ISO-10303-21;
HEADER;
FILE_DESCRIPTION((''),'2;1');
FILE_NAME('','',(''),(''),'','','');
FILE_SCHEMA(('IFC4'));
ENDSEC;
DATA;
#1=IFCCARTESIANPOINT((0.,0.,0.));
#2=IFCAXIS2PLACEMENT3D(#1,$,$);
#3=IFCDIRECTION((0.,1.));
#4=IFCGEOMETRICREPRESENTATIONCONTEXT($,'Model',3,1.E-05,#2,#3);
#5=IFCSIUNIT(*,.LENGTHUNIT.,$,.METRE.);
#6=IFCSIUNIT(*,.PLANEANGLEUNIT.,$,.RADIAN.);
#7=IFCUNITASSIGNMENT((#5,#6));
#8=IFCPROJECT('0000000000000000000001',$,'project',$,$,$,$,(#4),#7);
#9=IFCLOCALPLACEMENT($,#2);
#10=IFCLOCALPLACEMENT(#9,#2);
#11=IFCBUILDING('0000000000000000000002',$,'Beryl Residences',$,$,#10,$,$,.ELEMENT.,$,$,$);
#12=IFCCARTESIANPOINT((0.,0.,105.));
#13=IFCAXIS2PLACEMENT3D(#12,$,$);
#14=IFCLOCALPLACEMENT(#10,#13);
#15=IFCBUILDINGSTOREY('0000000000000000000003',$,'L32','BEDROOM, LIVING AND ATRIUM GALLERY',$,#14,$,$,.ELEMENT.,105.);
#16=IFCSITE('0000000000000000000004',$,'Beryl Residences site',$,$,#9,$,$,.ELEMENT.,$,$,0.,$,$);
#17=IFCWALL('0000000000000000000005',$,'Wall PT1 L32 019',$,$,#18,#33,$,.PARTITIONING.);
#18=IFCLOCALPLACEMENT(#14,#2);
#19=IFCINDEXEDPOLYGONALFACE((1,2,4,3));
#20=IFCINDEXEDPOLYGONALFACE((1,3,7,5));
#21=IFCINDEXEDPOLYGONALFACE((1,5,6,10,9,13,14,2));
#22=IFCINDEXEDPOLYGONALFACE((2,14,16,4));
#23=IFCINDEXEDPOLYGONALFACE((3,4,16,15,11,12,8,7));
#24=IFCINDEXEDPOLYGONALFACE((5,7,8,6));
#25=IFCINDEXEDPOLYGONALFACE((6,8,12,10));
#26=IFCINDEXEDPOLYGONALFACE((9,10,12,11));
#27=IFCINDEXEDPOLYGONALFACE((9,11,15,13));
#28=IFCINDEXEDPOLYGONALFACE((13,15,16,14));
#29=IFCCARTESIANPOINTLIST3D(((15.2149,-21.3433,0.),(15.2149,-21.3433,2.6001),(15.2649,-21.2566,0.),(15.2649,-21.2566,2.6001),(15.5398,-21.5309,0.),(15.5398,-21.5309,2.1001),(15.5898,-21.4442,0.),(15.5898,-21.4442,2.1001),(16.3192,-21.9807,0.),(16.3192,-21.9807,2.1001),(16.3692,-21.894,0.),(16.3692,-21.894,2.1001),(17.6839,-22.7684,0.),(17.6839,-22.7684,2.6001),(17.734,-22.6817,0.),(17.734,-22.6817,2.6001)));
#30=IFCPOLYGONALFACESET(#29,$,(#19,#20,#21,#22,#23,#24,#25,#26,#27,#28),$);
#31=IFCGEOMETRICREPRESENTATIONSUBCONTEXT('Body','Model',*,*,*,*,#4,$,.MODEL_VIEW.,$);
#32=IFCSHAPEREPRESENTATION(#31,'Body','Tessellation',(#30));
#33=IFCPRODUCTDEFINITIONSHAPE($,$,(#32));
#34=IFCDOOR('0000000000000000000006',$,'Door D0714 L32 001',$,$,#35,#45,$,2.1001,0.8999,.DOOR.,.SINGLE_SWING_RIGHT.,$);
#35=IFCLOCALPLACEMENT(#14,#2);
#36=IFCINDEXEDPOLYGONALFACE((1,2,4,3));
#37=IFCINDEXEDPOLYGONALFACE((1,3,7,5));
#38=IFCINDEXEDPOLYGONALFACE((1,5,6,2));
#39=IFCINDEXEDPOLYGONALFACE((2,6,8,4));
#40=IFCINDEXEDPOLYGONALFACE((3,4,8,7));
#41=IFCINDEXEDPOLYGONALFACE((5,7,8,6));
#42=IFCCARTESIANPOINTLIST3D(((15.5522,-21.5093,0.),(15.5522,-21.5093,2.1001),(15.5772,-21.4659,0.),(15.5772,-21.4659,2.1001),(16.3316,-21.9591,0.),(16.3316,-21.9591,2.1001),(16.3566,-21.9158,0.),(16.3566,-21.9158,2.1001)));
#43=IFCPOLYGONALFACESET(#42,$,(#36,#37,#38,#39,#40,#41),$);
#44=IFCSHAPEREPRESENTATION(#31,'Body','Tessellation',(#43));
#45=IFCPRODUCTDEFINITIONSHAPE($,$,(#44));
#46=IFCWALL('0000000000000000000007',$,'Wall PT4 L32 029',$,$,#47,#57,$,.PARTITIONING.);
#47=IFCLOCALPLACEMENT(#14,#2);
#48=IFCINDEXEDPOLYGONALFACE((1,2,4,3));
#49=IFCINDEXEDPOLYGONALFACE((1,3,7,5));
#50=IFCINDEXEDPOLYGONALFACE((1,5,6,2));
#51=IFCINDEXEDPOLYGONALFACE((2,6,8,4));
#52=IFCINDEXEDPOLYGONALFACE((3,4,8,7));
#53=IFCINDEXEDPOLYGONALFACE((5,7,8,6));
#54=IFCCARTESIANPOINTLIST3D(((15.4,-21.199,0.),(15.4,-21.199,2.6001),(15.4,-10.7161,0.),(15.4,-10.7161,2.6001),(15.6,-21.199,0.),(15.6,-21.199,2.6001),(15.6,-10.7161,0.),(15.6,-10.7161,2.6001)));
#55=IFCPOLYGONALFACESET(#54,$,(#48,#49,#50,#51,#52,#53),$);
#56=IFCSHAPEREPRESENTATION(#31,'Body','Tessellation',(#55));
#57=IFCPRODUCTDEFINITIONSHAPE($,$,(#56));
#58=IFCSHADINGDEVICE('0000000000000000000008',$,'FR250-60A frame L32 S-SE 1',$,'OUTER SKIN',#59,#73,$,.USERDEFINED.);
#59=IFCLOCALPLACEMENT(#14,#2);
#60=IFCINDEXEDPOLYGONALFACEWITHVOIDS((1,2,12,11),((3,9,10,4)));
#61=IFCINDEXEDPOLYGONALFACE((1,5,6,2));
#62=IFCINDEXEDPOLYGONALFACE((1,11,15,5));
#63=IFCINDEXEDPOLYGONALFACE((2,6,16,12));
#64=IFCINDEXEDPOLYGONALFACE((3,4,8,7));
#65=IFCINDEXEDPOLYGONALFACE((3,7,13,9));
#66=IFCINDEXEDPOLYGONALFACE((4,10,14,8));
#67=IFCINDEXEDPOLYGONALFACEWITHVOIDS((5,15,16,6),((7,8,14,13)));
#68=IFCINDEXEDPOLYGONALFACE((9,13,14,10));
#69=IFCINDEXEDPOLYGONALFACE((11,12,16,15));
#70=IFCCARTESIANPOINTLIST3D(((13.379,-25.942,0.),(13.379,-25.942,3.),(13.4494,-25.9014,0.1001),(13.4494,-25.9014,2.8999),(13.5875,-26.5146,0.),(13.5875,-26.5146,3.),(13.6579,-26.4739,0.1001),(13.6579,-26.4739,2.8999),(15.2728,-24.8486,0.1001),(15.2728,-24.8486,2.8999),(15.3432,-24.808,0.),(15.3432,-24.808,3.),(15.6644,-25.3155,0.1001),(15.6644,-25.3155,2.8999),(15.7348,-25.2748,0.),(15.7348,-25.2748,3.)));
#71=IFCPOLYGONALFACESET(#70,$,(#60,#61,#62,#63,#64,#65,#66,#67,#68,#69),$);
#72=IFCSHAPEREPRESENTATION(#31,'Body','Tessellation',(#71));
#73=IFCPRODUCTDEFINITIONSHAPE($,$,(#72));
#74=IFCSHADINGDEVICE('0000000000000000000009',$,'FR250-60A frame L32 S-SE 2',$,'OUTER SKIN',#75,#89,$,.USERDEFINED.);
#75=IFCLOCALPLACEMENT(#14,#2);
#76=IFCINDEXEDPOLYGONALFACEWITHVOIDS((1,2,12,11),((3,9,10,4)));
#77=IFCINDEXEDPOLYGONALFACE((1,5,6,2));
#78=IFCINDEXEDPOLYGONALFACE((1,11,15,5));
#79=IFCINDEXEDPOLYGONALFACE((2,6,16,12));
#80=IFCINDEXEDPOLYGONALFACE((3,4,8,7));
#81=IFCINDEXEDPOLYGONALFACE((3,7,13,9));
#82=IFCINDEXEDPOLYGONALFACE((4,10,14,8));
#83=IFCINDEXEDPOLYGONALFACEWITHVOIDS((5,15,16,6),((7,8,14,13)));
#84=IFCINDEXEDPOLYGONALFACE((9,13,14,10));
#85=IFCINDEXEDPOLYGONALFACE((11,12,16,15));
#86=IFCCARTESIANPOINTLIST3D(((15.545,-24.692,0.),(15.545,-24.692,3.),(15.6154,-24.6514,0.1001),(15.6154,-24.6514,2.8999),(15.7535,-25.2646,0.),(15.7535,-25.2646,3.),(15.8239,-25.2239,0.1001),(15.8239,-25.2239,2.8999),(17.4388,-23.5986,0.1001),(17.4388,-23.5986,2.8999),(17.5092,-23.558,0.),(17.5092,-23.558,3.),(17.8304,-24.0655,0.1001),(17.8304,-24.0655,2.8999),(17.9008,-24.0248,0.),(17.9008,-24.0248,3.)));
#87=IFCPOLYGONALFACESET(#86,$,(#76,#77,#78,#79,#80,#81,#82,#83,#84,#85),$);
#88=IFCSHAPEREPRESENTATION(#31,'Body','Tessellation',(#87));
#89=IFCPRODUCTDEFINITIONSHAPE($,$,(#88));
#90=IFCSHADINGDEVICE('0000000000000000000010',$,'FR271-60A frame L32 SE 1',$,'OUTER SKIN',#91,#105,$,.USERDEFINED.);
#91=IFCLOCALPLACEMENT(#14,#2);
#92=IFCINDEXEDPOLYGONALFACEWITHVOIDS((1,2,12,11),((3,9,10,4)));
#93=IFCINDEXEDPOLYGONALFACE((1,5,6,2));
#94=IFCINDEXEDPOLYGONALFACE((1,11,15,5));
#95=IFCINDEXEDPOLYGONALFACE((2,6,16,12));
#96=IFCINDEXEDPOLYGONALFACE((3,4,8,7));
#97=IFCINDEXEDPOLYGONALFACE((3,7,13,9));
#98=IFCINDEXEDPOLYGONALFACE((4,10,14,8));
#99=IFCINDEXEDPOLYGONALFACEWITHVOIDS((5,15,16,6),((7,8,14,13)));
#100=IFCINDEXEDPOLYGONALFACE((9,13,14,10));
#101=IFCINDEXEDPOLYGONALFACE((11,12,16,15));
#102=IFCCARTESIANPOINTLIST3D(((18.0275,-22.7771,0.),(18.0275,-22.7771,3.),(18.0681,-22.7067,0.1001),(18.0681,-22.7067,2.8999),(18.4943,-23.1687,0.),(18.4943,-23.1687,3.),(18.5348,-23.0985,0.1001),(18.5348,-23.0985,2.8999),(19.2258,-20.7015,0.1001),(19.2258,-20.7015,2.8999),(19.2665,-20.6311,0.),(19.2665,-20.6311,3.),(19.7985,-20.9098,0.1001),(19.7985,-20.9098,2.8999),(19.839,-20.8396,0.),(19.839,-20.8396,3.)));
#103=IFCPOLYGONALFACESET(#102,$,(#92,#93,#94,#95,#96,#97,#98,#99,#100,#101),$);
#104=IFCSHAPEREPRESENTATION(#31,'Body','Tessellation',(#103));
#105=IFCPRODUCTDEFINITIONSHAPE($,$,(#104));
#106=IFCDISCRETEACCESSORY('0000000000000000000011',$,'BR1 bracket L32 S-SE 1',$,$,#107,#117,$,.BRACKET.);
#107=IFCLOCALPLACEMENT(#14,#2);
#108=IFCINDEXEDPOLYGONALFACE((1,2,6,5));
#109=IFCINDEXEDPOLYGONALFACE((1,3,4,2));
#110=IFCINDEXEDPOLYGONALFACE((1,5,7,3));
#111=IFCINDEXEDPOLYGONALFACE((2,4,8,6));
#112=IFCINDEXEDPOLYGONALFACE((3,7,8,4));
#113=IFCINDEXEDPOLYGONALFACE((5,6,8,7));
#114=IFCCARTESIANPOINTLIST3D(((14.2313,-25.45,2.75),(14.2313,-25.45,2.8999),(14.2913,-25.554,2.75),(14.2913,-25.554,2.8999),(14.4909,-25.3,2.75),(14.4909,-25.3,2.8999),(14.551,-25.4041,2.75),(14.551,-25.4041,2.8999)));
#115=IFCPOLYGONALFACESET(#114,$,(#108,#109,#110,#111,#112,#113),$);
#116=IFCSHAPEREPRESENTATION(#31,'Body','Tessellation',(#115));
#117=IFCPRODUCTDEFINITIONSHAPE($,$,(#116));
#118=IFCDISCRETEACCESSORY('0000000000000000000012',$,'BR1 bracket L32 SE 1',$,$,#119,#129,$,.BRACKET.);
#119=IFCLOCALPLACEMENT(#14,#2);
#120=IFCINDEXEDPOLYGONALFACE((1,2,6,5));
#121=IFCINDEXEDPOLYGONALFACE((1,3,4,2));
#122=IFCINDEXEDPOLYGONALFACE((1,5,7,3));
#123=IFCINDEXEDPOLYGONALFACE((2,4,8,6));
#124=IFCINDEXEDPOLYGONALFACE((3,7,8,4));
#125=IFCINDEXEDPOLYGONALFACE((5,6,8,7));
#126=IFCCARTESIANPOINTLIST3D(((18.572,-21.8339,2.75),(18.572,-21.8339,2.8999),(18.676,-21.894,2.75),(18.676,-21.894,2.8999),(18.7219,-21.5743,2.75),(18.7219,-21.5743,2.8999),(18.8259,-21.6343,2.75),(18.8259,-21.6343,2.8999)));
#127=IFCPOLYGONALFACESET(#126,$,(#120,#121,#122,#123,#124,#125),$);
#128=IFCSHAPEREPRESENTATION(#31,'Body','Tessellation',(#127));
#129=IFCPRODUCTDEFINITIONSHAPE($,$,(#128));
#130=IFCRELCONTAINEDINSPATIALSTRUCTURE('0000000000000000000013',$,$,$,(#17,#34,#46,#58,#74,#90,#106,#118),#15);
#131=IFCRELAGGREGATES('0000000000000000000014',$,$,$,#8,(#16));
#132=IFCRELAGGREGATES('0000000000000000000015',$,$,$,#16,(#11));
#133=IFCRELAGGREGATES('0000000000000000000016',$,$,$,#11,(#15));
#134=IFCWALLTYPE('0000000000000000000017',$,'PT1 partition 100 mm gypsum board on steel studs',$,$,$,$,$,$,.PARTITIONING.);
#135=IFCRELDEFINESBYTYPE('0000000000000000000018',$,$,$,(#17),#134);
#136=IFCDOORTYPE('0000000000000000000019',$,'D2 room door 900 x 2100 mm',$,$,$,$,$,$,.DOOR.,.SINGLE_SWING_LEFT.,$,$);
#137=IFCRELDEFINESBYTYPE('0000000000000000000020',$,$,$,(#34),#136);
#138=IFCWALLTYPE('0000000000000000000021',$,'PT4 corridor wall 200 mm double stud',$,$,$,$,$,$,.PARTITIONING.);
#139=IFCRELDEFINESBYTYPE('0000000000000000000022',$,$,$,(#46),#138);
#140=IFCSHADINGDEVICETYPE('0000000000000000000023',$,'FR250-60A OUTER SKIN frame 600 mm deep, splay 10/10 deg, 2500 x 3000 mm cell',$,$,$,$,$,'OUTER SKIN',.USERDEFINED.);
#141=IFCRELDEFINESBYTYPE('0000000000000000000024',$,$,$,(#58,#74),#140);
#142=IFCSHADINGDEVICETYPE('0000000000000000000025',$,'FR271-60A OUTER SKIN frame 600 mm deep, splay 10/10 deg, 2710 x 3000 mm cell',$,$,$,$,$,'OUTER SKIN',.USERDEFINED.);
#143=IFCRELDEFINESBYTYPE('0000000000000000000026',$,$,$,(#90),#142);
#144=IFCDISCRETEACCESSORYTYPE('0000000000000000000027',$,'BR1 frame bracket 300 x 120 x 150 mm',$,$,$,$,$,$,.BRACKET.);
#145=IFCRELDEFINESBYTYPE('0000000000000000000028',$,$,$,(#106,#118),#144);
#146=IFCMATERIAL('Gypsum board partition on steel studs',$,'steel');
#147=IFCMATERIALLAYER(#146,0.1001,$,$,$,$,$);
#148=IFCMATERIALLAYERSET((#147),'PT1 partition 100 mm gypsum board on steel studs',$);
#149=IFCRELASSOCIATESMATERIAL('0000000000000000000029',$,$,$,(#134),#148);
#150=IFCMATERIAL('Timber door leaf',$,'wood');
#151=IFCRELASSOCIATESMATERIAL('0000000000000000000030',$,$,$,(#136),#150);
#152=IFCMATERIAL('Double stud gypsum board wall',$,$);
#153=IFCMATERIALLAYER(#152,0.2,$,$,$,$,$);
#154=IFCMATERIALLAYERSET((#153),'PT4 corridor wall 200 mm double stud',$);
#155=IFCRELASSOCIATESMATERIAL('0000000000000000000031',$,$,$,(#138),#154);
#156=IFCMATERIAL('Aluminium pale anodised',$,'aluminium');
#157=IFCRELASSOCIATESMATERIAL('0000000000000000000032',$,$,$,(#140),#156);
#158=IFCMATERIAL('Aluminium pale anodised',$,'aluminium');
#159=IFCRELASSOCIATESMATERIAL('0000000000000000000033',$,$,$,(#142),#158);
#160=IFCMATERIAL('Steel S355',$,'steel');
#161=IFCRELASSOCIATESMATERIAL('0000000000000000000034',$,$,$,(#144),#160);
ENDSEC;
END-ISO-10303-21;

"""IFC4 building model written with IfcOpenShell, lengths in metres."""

from ifc_helpers import new_model, entity, si_unit, direction, frame, frame_2d, origin, place, context, subcontext, project, spatial, polyline, rectangle, outline, extrude, source, transform, mapped, material, layer, layer_set, type_object, type_shapes, element, fill, save


model = new_model("IFC4")

# Units and contexts
model_context = context("Model", 3, precision=1e-05, world=origin(), true_north=direction((0.0, 1.0)))
body_context = subcontext(model_context, "Body", "Model", "MODEL_VIEW")
ifc_project = project(units=[si_unit("LENGTHUNIT", "METRE"), si_unit("PLANEANGLEUNIT", "RADIAN")], contexts=[model_context])

# Site, building, storey
site_placement = place(None, origin())
site = spatial("IfcSite", under=ifc_project, at=site_placement, Name="Beryl Residences site", CompositionType="ELEMENT", RefElevation=0.0)
building_placement = place(site_placement, origin())
building = spatial("IfcBuilding", under=site, at=building_placement, Name="Beryl Residences", CompositionType="ELEMENT")
storey_placement = place(building_placement, frame((0.0, 0.0, 105.0)))
storey = spatial("IfcBuildingStorey", under=building, at=storey_placement, Name="L32", Description="BEDROOM, LIVING AND ATRIUM GALLERY", CompositionType="ELEMENT", Elevation=105.0)

# Wall, opening, door
ifc_material_1 = material(Name="Gypsum board partition on steel studs", Category="steel")
ifc_layer_1 = layer(ifc_material_1, 0.1001)
ifc_layer_set_1 = layer_set([ifc_layer_1], Name="PT1 partition 100 mm gypsum board on steel studs")
wall_type_1 = type_object("IfcWallType", Name="PT1 partition 100 mm gypsum board on steel studs", PredefinedType="PARTITIONING", material=ifc_layer_set_1)
wall_1_placement = place(storey_placement, frame((15.24, -21.3, 0.0), z_axis=(0.0, 0.0, 1.0), x_axis=(0.86609, -0.499888, 0.0)))
wall_1 = element("IfcWall", 1, at=wall_1_placement, inside=storey, type_object=wall_type_1, Name="Wall PT1 L32 019", PredefinedType="PARTITIONING", context=body_context, shape_type="SweptSolid", body=[
    extrude(rectangle(XDim=2.8508, YDim=0.1001, at=frame_2d((1.4253, 0.0))), origin(), (0.0, 0.0, 1.0), 2.6001),
])
opening_1_placement = place(wall_1_placement, frame((0.375, 0.0, 0.0)))
opening_1 = element("IfcOpeningElement", 2, at=opening_1_placement, cuts=wall_1, PredefinedType="OPENING", context=body_context, shape_type="SweptSolid", body=[
    extrude(rectangle(XDim=0.8999, YDim=2.1001, at=frame_2d((0.45, 1.05))), frame((0.0, 0.0601, 0.0), z_axis=(0.0, -1.0, 0.0), x_axis=(1.0, 0.0, 0.0)), (0.0, 0.0, 1.0), 0.1201),
])
ifc_material_2 = material(Name="Timber door leaf", Category="wood")
door_type = type_object("IfcDoorType", Name="D2 room door 900 x 2100 mm", OperationType="SINGLE_SWING_LEFT", PredefinedType="DOOR", material=ifc_material_2)
door_placement = place(opening_1_placement, origin())
door = element("IfcDoor", 3, at=door_placement, inside=storey, type_object=door_type, Name="Door D0714 L32 001", OperationType="SINGLE_SWING_RIGHT", OverallHeight=2.1001, OverallWidth=0.8999, PredefinedType="DOOR", context=body_context, shape_type="SweptSolid", body=[
    extrude(rectangle(XDim=0.8999, YDim=2.1001, at=frame_2d((0.45, 1.05))), frame((0.0, 0.0249, 0.0), z_axis=(0.0, -1.0, 0.0), x_axis=(1.0, 0.0, 0.0)), (0.0, 0.0, 1.0), 0.05),
])
fill(opening_1, door)

# Wall
ifc_material_3 = material(Name="Double stud gypsum board wall")
ifc_layer_2 = layer(ifc_material_3, 0.2)
ifc_layer_set_2 = layer_set([ifc_layer_2], Name="PT4 corridor wall 200 mm double stud")
wall_type_2 = type_object("IfcWallType", Name="PT4 corridor wall 200 mm double stud", PredefinedType="PARTITIONING", material=ifc_layer_set_2)
wall_2_placement = place(storey_placement, frame((15.5, -21.199, 0.0), z_axis=(0.0, 0.0, 1.0), x_axis=(0.0, 1.0, 0.0)))
element("IfcWall", 4, at=wall_2_placement, inside=storey, type_object=wall_type_2, Name="Wall PT4 L32 029", PredefinedType="PARTITIONING", context=body_context, shape_type="SweptSolid", body=[
    extrude(rectangle(XDim=10.4829, YDim=0.2, at=frame_2d((5.2415, 0.0))), origin(), (0.0, 0.0, 1.0), 2.6001),
])

# Shading devices
ifc_material_4 = material(Name="Aluminium pale anodised", Category="aluminium")
shading_device_type_1 = type_object("IfcShadingDeviceType", Name="FR250-60A OUTER SKIN frame 600 mm deep, splay 10/10 deg, 2500 x 3000 mm cell", ElementType="OUTER SKIN", PredefinedType="USERDEFINED", material=ifc_material_4)
cartesian_point_1 = entity("IfcCartesianPoint", [-1.134, 0.0])
cartesian_point_2 = entity("IfcCartesianPoint", [-1.0527, 0.1001])
cartesian_point_3 = entity("IfcCartesianPoint", [-1.2397, 0.0])
cartesian_point_4 = entity("IfcCartesianPoint", [-1.1584, 0.1001])
shared_shape_1 = source(origin(), body_context, "Body", "SweptSolid", [
    entity("IfcExtrudedAreaSolidTapered", entity("IfcArbitraryProfileDefWithVoids", "AREA", None, entity("IfcPolyline", [cartesian_point_1, entity("IfcCartesianPoint", [1.134, 0.0]), entity("IfcCartesianPoint", [1.134, 3.0]), entity("IfcCartesianPoint", [-1.134, 3.0]), cartesian_point_1]), [entity("IfcPolyline", [cartesian_point_2, entity("IfcCartesianPoint", [1.0527, 0.1001]), entity("IfcCartesianPoint", [1.0527, 2.8999]), entity("IfcCartesianPoint", [-1.0527, 2.8999]), cartesian_point_2])]), entity("IfcAxis2Placement3D", entity("IfcCartesianPoint", [0.0, 0.0, 0.0]), entity("IfcDirection", [0.0, 1.0, 0.0]), entity("IfcDirection", [-1.0, 0.0, 0.0])), entity("IfcDirection", [0.0, 0.0, 1.0]), 0.6001, entity("IfcArbitraryProfileDefWithVoids", "AREA", None, entity("IfcPolyline", [cartesian_point_3, entity("IfcCartesianPoint", [1.2397, 0.0]), entity("IfcCartesianPoint", [1.2397, 3.0]), entity("IfcCartesianPoint", [-1.2397, 3.0]), cartesian_point_3]), [entity("IfcPolyline", [cartesian_point_4, entity("IfcCartesianPoint", [1.1584, 0.1001]), entity("IfcCartesianPoint", [1.1584, 2.8999]), entity("IfcCartesianPoint", [-1.1584, 2.8999]), cartesian_point_4])])),
])
type_shapes(shading_device_type_1, [shared_shape_1])
for number, where, z_axis, x_axis, name in (
    (5, (14.3611, -25.375, 0.0), (0.0, 0.0, 1.0), (-0.866025, -0.5, 0.0), "FR250-60A frame L32 S-SE 1"),
    (6, (16.5271, -24.125, 0.0), (0.0, 0.0, 1.0), (-0.866025, -0.5, 0.0), "FR250-60A frame L32 S-SE 2"),
):
    element("IfcShadingDevice", number, at=place(storey_placement, frame(where, z_axis=z_axis, x_axis=x_axis)), inside=storey, type_object=shading_device_type_1, Name=name, ObjectType="OUTER SKIN", PredefinedType="USERDEFINED", context=body_context, shape_type="MappedRepresentation", body=[
        mapped(shared_shape_1, transform((0.0, 0.0, 0.0))),
    ])
ifc_material_5 = material(Name="Aluminium pale anodised", Category="aluminium")
shading_device_type_2 = type_object("IfcShadingDeviceType", Name="FR271-60A OUTER SKIN frame 600 mm deep, splay 10/10 deg, 2710 x 3000 mm cell", ElementType="OUTER SKIN", PredefinedType="USERDEFINED", material=ifc_material_5)
cartesian_point_5 = entity("IfcCartesianPoint", [-1.239, 0.0])
cartesian_point_6 = entity("IfcCartesianPoint", [-1.1577, 0.1001])
cartesian_point_7 = entity("IfcCartesianPoint", [-1.3447, 0.0])
cartesian_point_8 = entity("IfcCartesianPoint", [-1.2637, 0.1001])
shared_shape_2 = source(origin(), body_context, "Body", "SweptSolid", [
    entity("IfcExtrudedAreaSolidTapered", entity("IfcArbitraryProfileDefWithVoids", "AREA", None, entity("IfcPolyline", [cartesian_point_5, entity("IfcCartesianPoint", [1.239, 0.0]), entity("IfcCartesianPoint", [1.239, 3.0]), entity("IfcCartesianPoint", [-1.239, 3.0]), cartesian_point_5]), [entity("IfcPolyline", [cartesian_point_6, entity("IfcCartesianPoint", [1.1577, 0.1001]), entity("IfcCartesianPoint", [1.1577, 2.8999]), entity("IfcCartesianPoint", [-1.1577, 2.8999]), cartesian_point_6])]), entity("IfcAxis2Placement3D", entity("IfcCartesianPoint", [0.0, 0.0, 0.0]), entity("IfcDirection", [0.0, 1.0, 0.0]), entity("IfcDirection", [-1.0, 0.0, 0.0])), entity("IfcDirection", [0.0, 0.0, 1.0]), 0.6001, entity("IfcArbitraryProfileDefWithVoids", "AREA", None, entity("IfcPolyline", [cartesian_point_7, entity("IfcCartesianPoint", [1.3447, 0.0]), entity("IfcCartesianPoint", [1.3447, 3.0]), entity("IfcCartesianPoint", [-1.3447, 3.0]), cartesian_point_7]), [entity("IfcPolyline", [cartesian_point_8, entity("IfcCartesianPoint", [1.2637, 0.1001]), entity("IfcCartesianPoint", [1.2637, 2.8999]), entity("IfcCartesianPoint", [-1.2637, 2.8999]), cartesian_point_8])])),
])
type_shapes(shading_device_type_2, [shared_shape_2])
shading_device_placement = place(storey_placement, frame((18.647, -21.7041, 0.0), z_axis=(0.0, 0.0, 1.0), x_axis=(-0.5, -0.866025, 0.0)))
element("IfcShadingDevice", 7, at=shading_device_placement, inside=storey, type_object=shading_device_type_2, Name="FR271-60A frame L32 SE 1", ObjectType="OUTER SKIN", PredefinedType="USERDEFINED", context=body_context, shape_type="MappedRepresentation", body=[
    mapped(shared_shape_2, transform((0.0, 0.0, 0.0))),
])

# Discrete accessories
ifc_material_6 = material(Name="Steel S355", Category="steel")
discrete_accessory_type = type_object("IfcDiscreteAccessoryType", Name="BR1 frame bracket 300 x 120 x 150 mm", PredefinedType="BRACKET", material=ifc_material_6)
shared_shape_3 = source(origin(), body_context, "Body", "SweptSolid", [
    extrude(outline(polyline([(-0.1499, 0.0), (0.1499, 0.0), (0.1499, 0.1201), (-0.1499, 0.1201), (-0.1499, 0.0)])), origin(), (0.0, 0.0, 1.0), 0.1499),
])
type_shapes(discrete_accessory_type, [shared_shape_3])
for number, where, z_axis, x_axis, name in (
    (8, (14.3611, -25.375, 2.75), (0.0, 0.0, 1.0), (-0.866025, -0.5, 0.0), "BR1 bracket L32 S-SE 1"),
    (9, (18.647, -21.7041, 2.75), (0.0, 0.0, 1.0), (-0.5, -0.866025, 0.0), "BR1 bracket L32 SE 1"),
):
    element("IfcDiscreteAccessory", number, at=place(storey_placement, frame(where, z_axis=z_axis, x_axis=x_axis)), inside=storey, type_object=discrete_accessory_type, Name=name, PredefinedType="BRACKET", context=body_context, shape_type="MappedRepresentation", body=[
        mapped(shared_shape_3, transform((0.0, 0.0, 0.0))),
    ])

save(model, "model.ifc")
